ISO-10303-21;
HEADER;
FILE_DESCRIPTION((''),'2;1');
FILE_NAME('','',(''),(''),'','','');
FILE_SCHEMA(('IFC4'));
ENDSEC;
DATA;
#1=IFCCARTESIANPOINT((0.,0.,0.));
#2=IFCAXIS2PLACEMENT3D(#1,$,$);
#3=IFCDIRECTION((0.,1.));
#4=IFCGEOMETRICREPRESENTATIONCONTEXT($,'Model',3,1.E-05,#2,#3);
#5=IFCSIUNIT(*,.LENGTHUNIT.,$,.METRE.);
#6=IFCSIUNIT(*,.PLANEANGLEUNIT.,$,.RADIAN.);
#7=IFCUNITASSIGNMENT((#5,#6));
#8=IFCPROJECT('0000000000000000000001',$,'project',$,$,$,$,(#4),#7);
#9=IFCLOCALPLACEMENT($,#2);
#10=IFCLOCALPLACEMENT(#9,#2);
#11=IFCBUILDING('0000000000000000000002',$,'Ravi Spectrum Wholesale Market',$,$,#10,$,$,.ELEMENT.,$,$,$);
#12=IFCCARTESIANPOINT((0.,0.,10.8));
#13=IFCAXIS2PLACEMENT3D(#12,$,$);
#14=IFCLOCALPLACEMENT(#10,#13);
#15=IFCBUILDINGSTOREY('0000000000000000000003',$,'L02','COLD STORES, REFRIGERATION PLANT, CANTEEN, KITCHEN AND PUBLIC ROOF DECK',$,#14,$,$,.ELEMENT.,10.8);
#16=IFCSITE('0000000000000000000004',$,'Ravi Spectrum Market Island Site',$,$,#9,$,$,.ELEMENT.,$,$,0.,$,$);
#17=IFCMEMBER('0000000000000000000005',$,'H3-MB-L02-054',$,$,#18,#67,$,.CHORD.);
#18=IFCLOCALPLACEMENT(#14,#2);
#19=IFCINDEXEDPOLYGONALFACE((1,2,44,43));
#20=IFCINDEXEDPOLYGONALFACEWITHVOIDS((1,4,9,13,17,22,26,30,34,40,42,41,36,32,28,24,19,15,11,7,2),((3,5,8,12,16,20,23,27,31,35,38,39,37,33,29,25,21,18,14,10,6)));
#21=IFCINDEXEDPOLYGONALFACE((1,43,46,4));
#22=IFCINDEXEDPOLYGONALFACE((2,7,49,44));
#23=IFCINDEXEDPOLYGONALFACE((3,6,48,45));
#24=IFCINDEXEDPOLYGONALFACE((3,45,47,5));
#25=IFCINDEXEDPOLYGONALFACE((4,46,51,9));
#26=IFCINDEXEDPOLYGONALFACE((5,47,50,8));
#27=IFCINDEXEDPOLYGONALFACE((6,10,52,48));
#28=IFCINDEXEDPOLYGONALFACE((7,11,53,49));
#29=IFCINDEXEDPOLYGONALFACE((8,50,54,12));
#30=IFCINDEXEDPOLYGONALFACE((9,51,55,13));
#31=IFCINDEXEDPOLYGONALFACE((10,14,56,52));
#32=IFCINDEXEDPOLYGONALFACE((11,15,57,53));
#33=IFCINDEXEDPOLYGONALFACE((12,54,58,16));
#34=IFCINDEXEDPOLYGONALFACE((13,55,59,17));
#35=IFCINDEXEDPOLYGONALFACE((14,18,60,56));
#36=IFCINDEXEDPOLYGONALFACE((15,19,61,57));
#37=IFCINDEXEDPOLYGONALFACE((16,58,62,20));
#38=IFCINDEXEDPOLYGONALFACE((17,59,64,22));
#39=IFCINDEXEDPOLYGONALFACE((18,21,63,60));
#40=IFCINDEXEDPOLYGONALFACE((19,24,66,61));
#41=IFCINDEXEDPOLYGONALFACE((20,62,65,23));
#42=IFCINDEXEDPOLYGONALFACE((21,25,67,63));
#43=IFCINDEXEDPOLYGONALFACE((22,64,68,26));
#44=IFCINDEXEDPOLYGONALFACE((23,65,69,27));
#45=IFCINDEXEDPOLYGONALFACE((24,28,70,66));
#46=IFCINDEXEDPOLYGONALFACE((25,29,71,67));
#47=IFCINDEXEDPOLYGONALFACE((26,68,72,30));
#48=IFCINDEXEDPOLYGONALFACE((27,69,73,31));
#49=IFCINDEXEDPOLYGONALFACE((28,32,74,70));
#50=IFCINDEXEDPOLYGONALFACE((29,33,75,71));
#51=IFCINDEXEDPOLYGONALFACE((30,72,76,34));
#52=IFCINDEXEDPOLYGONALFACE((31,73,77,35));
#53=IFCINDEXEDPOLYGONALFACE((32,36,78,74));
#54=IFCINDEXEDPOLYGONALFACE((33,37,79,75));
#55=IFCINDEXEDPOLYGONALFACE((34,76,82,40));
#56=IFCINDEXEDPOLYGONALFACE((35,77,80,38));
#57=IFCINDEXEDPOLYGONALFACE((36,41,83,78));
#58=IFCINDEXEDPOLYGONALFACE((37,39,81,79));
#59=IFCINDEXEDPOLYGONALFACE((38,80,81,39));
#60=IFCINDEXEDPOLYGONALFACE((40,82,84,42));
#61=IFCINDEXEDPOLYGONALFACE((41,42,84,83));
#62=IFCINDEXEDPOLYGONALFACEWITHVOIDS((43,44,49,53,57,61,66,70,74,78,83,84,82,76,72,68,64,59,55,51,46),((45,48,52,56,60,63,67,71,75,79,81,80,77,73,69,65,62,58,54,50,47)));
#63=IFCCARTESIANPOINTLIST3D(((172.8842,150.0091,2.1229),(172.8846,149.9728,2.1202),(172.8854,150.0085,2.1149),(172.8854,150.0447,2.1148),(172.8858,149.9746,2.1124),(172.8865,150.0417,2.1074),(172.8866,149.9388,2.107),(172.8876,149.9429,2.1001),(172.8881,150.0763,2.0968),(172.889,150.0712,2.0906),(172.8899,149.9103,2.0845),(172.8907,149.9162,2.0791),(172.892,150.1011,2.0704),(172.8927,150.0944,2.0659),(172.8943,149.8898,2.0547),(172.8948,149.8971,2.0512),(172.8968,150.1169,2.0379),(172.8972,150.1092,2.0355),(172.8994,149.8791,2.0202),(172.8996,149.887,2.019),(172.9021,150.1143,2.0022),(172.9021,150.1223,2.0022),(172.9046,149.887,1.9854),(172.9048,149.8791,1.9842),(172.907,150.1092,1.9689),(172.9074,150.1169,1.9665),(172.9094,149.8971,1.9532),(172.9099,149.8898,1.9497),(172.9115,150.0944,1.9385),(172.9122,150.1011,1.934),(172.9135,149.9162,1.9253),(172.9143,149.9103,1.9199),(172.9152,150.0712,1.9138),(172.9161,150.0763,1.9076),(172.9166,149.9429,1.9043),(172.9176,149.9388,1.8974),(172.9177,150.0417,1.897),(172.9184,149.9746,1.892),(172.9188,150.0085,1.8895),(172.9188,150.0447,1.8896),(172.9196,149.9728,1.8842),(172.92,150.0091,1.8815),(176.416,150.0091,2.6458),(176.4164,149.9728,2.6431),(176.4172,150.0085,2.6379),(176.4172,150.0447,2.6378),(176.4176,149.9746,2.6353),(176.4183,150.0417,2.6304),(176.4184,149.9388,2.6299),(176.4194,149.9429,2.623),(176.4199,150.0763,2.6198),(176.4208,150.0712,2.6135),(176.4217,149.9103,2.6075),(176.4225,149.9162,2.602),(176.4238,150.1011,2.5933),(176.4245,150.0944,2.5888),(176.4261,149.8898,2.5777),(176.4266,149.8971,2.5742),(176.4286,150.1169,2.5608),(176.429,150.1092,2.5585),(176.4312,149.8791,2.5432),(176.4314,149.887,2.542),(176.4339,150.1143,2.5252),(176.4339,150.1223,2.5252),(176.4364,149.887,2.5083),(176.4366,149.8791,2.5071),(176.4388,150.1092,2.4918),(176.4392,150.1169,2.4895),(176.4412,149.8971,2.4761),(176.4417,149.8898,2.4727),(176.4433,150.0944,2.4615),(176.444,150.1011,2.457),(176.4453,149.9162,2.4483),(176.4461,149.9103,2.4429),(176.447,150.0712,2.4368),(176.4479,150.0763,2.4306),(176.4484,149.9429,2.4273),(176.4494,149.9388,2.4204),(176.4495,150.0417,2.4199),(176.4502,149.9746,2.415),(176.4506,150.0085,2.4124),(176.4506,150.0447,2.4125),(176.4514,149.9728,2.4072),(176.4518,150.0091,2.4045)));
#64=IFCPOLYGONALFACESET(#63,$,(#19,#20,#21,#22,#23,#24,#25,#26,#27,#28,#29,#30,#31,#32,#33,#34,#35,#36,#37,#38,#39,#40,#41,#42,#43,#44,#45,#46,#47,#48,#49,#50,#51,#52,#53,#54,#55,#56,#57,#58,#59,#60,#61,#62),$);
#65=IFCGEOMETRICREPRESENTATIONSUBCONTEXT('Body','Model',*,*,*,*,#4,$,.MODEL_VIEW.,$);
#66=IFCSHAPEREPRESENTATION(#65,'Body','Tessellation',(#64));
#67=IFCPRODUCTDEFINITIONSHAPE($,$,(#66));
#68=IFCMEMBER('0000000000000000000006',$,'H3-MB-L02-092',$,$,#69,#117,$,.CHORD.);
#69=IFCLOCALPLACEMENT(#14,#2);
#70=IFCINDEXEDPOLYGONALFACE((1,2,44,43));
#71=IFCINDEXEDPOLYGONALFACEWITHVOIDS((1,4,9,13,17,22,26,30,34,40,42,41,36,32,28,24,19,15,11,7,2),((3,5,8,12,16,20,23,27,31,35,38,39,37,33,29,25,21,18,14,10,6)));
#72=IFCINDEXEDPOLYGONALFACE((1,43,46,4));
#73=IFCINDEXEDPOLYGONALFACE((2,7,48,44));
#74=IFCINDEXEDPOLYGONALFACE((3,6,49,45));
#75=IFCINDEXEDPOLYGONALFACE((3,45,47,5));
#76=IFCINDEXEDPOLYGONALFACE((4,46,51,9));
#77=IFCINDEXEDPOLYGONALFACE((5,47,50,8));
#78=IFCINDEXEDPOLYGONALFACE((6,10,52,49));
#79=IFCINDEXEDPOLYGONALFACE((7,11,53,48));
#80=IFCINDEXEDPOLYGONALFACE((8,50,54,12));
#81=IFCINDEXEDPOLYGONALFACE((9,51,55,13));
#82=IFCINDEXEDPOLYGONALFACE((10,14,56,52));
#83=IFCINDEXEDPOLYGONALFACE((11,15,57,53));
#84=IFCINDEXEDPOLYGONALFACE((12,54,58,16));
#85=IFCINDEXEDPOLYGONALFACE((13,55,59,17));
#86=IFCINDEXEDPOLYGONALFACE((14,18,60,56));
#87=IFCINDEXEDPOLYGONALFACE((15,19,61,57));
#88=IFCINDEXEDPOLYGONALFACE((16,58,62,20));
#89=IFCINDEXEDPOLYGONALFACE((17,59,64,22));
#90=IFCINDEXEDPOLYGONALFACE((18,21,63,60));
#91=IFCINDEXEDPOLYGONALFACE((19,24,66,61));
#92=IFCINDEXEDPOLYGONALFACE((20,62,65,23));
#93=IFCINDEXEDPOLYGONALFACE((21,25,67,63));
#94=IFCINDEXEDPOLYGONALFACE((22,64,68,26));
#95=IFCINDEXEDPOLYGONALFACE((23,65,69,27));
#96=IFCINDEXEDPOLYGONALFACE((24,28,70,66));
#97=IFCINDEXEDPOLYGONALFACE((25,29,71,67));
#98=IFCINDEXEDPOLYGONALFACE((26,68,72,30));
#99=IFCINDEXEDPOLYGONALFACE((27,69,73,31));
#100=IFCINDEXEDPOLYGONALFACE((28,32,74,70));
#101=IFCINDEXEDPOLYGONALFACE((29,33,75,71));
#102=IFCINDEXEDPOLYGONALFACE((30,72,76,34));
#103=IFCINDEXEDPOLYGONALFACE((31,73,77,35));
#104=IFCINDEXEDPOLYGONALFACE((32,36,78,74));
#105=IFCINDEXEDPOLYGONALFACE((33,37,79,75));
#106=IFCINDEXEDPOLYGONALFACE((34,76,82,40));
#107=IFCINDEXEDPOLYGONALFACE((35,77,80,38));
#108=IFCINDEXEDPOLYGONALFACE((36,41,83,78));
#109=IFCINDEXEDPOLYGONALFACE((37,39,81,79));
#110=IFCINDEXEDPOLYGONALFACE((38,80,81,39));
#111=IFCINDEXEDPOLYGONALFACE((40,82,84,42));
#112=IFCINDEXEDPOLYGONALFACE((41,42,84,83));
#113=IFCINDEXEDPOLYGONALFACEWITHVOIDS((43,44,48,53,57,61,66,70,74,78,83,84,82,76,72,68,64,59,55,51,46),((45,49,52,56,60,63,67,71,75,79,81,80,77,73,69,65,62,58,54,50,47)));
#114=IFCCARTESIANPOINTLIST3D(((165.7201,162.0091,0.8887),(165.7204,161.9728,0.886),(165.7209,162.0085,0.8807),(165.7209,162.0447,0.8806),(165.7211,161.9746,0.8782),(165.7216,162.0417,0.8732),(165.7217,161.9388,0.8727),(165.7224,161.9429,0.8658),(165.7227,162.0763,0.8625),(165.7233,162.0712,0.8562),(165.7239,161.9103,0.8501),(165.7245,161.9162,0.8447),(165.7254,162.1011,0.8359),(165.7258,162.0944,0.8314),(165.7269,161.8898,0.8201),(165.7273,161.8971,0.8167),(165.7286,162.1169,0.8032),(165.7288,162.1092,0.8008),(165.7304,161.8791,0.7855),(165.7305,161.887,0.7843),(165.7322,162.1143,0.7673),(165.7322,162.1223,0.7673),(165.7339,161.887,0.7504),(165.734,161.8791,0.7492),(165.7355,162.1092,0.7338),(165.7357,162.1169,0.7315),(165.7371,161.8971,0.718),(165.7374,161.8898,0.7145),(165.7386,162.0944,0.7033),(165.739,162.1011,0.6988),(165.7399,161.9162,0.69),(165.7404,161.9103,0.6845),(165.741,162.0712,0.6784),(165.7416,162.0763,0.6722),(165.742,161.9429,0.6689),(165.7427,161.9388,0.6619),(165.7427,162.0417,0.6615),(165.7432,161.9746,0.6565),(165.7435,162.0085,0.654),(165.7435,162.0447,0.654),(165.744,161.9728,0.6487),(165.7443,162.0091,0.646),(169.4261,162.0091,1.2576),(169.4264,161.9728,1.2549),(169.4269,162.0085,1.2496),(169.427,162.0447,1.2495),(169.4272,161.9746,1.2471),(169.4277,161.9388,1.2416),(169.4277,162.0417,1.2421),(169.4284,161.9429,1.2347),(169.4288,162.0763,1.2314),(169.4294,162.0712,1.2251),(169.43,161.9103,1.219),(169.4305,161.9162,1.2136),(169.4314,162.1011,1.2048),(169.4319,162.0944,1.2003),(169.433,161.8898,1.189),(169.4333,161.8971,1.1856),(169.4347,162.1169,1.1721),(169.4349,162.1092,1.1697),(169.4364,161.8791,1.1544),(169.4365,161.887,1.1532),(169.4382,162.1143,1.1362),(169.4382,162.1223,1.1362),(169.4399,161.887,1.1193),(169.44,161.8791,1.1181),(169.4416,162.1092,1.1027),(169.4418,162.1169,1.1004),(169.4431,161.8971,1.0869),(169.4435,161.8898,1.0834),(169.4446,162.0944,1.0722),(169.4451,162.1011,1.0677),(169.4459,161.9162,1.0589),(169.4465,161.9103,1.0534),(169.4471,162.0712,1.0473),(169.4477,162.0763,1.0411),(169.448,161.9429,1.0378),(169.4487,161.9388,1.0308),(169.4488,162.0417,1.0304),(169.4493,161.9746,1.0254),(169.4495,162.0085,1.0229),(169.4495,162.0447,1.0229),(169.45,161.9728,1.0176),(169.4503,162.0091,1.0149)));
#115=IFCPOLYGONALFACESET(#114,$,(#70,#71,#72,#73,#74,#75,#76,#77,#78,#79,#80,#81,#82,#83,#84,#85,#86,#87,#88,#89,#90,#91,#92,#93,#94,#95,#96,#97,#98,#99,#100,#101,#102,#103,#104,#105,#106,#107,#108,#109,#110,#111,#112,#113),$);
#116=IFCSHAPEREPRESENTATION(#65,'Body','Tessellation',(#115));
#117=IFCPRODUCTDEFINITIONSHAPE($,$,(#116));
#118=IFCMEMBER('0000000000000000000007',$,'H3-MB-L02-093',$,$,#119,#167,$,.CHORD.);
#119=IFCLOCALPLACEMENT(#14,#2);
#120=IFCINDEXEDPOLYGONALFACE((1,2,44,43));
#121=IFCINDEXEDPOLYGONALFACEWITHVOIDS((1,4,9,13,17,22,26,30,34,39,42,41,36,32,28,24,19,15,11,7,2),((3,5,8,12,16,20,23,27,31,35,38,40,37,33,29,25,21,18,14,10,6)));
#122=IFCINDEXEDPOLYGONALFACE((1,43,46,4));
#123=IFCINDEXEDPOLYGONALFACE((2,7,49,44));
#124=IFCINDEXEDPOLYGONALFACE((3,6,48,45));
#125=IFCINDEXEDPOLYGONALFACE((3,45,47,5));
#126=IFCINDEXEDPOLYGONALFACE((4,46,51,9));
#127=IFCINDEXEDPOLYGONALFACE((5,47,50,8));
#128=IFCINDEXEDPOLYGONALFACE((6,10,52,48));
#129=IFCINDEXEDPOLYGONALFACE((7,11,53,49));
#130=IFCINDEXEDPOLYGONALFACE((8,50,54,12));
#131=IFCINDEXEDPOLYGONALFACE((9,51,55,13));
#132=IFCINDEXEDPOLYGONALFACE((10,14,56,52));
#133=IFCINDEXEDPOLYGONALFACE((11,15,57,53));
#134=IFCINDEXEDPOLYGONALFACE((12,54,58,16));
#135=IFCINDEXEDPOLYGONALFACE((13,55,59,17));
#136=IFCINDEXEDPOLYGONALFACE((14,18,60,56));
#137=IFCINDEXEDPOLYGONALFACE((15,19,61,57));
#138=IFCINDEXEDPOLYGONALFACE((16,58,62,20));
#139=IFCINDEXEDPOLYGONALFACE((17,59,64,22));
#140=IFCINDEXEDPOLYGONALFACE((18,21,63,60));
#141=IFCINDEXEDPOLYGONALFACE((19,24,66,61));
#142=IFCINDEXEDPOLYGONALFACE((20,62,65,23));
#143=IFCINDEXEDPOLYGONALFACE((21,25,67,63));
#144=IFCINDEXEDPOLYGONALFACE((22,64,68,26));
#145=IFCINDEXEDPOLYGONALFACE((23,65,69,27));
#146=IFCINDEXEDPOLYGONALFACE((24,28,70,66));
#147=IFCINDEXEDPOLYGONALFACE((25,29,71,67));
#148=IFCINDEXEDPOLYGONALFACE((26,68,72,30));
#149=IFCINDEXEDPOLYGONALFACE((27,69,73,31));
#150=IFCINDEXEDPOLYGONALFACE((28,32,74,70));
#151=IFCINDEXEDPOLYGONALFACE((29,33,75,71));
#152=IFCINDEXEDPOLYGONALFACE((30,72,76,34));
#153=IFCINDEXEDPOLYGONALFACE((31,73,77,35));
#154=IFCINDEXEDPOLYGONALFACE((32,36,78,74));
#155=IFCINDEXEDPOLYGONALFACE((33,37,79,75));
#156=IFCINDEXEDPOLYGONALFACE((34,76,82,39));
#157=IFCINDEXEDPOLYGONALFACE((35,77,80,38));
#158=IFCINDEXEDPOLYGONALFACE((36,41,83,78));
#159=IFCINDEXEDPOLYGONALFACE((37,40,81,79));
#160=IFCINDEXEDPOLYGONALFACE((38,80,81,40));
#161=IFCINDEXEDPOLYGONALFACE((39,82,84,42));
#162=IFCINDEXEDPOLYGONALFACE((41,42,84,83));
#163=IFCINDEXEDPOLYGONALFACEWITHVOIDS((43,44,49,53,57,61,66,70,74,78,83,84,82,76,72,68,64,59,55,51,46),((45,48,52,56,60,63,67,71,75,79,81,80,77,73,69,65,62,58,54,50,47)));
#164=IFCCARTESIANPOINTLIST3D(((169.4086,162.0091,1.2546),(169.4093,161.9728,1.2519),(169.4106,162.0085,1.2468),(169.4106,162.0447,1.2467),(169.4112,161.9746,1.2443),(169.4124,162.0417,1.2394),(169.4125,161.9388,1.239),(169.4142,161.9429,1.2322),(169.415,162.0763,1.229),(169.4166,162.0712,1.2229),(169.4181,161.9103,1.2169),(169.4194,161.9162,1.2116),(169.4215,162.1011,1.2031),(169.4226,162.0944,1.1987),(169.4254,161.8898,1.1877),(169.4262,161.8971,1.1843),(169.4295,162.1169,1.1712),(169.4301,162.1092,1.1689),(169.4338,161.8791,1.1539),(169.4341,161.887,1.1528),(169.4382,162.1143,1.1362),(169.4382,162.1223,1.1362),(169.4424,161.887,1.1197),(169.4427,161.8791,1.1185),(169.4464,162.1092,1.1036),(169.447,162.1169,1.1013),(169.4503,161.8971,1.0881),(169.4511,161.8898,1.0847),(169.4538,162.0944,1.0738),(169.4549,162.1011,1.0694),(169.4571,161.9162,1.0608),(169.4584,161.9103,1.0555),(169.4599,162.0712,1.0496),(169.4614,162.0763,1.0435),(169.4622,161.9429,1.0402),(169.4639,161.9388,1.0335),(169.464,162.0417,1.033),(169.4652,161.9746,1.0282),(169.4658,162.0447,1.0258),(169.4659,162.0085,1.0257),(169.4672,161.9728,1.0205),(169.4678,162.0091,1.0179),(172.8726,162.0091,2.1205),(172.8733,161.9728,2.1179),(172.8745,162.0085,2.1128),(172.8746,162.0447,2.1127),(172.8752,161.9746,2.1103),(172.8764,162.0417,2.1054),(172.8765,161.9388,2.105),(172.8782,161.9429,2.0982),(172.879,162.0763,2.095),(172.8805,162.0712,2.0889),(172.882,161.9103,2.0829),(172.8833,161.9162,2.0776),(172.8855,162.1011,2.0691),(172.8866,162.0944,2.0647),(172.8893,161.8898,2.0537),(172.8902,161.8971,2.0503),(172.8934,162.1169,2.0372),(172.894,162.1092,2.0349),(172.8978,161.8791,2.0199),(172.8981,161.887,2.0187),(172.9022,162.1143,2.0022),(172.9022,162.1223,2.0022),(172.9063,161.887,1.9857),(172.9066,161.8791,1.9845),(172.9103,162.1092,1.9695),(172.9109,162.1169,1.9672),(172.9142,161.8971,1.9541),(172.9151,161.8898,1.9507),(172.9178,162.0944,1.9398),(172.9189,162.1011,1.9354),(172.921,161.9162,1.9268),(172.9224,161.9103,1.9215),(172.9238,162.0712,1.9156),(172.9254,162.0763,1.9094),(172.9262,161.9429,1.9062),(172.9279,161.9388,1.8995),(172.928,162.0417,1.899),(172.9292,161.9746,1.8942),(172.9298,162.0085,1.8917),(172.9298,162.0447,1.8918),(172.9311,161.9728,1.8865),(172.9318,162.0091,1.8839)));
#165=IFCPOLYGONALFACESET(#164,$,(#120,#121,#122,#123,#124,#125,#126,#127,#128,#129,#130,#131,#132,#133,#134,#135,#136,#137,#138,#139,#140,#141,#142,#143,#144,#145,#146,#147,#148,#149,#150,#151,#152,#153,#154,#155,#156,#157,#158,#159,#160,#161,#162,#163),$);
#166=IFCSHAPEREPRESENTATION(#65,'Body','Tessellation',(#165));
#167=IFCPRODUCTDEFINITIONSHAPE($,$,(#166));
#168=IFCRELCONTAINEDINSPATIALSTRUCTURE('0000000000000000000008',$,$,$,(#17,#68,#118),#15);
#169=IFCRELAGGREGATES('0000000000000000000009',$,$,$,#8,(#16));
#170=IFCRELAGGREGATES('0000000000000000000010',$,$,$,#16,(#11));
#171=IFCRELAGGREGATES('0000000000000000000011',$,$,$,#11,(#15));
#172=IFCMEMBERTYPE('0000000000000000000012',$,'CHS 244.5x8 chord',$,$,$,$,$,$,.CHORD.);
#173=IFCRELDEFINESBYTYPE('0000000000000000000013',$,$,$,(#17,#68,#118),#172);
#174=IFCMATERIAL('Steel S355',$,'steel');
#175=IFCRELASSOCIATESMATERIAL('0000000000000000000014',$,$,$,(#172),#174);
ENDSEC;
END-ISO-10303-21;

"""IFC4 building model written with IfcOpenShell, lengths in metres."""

from ifc_helpers import new_model, si_unit, direction, frame, origin, origin_2d, place, context, subcontext, project, spatial, hollow_circle, extrude, material, material_profile, profile_set, type_object, element, save


model = new_model("IFC4")

# Units and contexts
model_context = context("Model", 3, precision=1e-05, world=origin(), true_north=direction((0.0, 1.0)))
body_context = subcontext(model_context, "Body", "Model", "MODEL_VIEW")
ifc_project = project(units=[si_unit("LENGTHUNIT", "METRE"), si_unit("PLANEANGLEUNIT", "RADIAN")], contexts=[model_context])

# Site, building, storey
site_placement = place(None, origin())
site = spatial("IfcSite", under=ifc_project, at=site_placement, Name="Ravi Spectrum Market Island Site", CompositionType="ELEMENT", RefElevation=0.0)
building_placement = place(site_placement, origin())
building = spatial("IfcBuilding", under=site, at=building_placement, Name="Ravi Spectrum Wholesale Market", CompositionType="ELEMENT")
storey_placement = place(building_placement, frame((0.0, 0.0, 10.8)))
storey = spatial("IfcBuildingStorey", under=building, at=storey_placement, Name="L02", Description="COLD STORES, REFRIGERATION PLANT, CANTEEN, KITCHEN AND PUBLIC ROOF DECK", CompositionType="ELEMENT", Elevation=10.8)

# Members
ifc_material_1 = material(Name="Steel S355", Category="steel")
ifc_material_profile_1 = material_profile(ifc_material_1, hollow_circle(Radius=0.1223, WallThickness=0.0081, at=origin_2d()))
ifc_profile_set_1 = profile_set([ifc_material_profile_1], Name="Steel S355")
member_type_1 = type_object("IfcMemberType", Name="CHS 244.5x8 chord", PredefinedType="CHORD", material=ifc_profile_set_1)
member_1_placement = place(storey_placement, frame((172.9021, 150.0, 2.0022), z_axis=(0.989214, 0.0, 0.146474), x_axis=(0.0, 1.0, 0.0)))
element("IfcMember", 1, at=member_1_placement, inside=storey, type_object=member_type_1, Name="H3-MB-L02-054", PredefinedType="CHORD", context=body_context, shape_type="SweptSolid", body=[
    extrude(hollow_circle(Radius=0.1223, WallThickness=0.0081, at=origin_2d()), origin(), (0.0, 0.0, 1.0), 3.5703),
])
member_2_placement = place(storey_placement, frame((165.7322, 162.0, 0.7673), z_axis=(0.995083, 0.0, 0.099049), x_axis=(0.0, 1.0, 0.0)))
element("IfcMember", 2, at=member_2_placement, inside=storey, type_object=member_type_1, Name="H3-MB-L02-092", PredefinedType="CHORD", context=body_context, shape_type="SweptSolid", body=[
    extrude(hollow_circle(Radius=0.1223, WallThickness=0.0081, at=origin_2d()), origin(), (0.0, 0.0, 1.0), 3.7244),
])
member_3_placement = place(storey_placement, frame((169.4382, 162.0, 1.1362), z_axis=(0.970143, 0.0, 0.242536), x_axis=(0.0, 1.0, 0.0)))
element("IfcMember", 3, at=member_3_placement, inside=storey, type_object=member_type_1, Name="H3-MB-L02-093", PredefinedType="CHORD", context=body_context, shape_type="SweptSolid", body=[
    extrude(hollow_circle(Radius=0.1223, WallThickness=0.0081, at=origin_2d()), origin(), (0.0, 0.0, 1.0), 3.5706),
])

save(model, "model.ifc")
